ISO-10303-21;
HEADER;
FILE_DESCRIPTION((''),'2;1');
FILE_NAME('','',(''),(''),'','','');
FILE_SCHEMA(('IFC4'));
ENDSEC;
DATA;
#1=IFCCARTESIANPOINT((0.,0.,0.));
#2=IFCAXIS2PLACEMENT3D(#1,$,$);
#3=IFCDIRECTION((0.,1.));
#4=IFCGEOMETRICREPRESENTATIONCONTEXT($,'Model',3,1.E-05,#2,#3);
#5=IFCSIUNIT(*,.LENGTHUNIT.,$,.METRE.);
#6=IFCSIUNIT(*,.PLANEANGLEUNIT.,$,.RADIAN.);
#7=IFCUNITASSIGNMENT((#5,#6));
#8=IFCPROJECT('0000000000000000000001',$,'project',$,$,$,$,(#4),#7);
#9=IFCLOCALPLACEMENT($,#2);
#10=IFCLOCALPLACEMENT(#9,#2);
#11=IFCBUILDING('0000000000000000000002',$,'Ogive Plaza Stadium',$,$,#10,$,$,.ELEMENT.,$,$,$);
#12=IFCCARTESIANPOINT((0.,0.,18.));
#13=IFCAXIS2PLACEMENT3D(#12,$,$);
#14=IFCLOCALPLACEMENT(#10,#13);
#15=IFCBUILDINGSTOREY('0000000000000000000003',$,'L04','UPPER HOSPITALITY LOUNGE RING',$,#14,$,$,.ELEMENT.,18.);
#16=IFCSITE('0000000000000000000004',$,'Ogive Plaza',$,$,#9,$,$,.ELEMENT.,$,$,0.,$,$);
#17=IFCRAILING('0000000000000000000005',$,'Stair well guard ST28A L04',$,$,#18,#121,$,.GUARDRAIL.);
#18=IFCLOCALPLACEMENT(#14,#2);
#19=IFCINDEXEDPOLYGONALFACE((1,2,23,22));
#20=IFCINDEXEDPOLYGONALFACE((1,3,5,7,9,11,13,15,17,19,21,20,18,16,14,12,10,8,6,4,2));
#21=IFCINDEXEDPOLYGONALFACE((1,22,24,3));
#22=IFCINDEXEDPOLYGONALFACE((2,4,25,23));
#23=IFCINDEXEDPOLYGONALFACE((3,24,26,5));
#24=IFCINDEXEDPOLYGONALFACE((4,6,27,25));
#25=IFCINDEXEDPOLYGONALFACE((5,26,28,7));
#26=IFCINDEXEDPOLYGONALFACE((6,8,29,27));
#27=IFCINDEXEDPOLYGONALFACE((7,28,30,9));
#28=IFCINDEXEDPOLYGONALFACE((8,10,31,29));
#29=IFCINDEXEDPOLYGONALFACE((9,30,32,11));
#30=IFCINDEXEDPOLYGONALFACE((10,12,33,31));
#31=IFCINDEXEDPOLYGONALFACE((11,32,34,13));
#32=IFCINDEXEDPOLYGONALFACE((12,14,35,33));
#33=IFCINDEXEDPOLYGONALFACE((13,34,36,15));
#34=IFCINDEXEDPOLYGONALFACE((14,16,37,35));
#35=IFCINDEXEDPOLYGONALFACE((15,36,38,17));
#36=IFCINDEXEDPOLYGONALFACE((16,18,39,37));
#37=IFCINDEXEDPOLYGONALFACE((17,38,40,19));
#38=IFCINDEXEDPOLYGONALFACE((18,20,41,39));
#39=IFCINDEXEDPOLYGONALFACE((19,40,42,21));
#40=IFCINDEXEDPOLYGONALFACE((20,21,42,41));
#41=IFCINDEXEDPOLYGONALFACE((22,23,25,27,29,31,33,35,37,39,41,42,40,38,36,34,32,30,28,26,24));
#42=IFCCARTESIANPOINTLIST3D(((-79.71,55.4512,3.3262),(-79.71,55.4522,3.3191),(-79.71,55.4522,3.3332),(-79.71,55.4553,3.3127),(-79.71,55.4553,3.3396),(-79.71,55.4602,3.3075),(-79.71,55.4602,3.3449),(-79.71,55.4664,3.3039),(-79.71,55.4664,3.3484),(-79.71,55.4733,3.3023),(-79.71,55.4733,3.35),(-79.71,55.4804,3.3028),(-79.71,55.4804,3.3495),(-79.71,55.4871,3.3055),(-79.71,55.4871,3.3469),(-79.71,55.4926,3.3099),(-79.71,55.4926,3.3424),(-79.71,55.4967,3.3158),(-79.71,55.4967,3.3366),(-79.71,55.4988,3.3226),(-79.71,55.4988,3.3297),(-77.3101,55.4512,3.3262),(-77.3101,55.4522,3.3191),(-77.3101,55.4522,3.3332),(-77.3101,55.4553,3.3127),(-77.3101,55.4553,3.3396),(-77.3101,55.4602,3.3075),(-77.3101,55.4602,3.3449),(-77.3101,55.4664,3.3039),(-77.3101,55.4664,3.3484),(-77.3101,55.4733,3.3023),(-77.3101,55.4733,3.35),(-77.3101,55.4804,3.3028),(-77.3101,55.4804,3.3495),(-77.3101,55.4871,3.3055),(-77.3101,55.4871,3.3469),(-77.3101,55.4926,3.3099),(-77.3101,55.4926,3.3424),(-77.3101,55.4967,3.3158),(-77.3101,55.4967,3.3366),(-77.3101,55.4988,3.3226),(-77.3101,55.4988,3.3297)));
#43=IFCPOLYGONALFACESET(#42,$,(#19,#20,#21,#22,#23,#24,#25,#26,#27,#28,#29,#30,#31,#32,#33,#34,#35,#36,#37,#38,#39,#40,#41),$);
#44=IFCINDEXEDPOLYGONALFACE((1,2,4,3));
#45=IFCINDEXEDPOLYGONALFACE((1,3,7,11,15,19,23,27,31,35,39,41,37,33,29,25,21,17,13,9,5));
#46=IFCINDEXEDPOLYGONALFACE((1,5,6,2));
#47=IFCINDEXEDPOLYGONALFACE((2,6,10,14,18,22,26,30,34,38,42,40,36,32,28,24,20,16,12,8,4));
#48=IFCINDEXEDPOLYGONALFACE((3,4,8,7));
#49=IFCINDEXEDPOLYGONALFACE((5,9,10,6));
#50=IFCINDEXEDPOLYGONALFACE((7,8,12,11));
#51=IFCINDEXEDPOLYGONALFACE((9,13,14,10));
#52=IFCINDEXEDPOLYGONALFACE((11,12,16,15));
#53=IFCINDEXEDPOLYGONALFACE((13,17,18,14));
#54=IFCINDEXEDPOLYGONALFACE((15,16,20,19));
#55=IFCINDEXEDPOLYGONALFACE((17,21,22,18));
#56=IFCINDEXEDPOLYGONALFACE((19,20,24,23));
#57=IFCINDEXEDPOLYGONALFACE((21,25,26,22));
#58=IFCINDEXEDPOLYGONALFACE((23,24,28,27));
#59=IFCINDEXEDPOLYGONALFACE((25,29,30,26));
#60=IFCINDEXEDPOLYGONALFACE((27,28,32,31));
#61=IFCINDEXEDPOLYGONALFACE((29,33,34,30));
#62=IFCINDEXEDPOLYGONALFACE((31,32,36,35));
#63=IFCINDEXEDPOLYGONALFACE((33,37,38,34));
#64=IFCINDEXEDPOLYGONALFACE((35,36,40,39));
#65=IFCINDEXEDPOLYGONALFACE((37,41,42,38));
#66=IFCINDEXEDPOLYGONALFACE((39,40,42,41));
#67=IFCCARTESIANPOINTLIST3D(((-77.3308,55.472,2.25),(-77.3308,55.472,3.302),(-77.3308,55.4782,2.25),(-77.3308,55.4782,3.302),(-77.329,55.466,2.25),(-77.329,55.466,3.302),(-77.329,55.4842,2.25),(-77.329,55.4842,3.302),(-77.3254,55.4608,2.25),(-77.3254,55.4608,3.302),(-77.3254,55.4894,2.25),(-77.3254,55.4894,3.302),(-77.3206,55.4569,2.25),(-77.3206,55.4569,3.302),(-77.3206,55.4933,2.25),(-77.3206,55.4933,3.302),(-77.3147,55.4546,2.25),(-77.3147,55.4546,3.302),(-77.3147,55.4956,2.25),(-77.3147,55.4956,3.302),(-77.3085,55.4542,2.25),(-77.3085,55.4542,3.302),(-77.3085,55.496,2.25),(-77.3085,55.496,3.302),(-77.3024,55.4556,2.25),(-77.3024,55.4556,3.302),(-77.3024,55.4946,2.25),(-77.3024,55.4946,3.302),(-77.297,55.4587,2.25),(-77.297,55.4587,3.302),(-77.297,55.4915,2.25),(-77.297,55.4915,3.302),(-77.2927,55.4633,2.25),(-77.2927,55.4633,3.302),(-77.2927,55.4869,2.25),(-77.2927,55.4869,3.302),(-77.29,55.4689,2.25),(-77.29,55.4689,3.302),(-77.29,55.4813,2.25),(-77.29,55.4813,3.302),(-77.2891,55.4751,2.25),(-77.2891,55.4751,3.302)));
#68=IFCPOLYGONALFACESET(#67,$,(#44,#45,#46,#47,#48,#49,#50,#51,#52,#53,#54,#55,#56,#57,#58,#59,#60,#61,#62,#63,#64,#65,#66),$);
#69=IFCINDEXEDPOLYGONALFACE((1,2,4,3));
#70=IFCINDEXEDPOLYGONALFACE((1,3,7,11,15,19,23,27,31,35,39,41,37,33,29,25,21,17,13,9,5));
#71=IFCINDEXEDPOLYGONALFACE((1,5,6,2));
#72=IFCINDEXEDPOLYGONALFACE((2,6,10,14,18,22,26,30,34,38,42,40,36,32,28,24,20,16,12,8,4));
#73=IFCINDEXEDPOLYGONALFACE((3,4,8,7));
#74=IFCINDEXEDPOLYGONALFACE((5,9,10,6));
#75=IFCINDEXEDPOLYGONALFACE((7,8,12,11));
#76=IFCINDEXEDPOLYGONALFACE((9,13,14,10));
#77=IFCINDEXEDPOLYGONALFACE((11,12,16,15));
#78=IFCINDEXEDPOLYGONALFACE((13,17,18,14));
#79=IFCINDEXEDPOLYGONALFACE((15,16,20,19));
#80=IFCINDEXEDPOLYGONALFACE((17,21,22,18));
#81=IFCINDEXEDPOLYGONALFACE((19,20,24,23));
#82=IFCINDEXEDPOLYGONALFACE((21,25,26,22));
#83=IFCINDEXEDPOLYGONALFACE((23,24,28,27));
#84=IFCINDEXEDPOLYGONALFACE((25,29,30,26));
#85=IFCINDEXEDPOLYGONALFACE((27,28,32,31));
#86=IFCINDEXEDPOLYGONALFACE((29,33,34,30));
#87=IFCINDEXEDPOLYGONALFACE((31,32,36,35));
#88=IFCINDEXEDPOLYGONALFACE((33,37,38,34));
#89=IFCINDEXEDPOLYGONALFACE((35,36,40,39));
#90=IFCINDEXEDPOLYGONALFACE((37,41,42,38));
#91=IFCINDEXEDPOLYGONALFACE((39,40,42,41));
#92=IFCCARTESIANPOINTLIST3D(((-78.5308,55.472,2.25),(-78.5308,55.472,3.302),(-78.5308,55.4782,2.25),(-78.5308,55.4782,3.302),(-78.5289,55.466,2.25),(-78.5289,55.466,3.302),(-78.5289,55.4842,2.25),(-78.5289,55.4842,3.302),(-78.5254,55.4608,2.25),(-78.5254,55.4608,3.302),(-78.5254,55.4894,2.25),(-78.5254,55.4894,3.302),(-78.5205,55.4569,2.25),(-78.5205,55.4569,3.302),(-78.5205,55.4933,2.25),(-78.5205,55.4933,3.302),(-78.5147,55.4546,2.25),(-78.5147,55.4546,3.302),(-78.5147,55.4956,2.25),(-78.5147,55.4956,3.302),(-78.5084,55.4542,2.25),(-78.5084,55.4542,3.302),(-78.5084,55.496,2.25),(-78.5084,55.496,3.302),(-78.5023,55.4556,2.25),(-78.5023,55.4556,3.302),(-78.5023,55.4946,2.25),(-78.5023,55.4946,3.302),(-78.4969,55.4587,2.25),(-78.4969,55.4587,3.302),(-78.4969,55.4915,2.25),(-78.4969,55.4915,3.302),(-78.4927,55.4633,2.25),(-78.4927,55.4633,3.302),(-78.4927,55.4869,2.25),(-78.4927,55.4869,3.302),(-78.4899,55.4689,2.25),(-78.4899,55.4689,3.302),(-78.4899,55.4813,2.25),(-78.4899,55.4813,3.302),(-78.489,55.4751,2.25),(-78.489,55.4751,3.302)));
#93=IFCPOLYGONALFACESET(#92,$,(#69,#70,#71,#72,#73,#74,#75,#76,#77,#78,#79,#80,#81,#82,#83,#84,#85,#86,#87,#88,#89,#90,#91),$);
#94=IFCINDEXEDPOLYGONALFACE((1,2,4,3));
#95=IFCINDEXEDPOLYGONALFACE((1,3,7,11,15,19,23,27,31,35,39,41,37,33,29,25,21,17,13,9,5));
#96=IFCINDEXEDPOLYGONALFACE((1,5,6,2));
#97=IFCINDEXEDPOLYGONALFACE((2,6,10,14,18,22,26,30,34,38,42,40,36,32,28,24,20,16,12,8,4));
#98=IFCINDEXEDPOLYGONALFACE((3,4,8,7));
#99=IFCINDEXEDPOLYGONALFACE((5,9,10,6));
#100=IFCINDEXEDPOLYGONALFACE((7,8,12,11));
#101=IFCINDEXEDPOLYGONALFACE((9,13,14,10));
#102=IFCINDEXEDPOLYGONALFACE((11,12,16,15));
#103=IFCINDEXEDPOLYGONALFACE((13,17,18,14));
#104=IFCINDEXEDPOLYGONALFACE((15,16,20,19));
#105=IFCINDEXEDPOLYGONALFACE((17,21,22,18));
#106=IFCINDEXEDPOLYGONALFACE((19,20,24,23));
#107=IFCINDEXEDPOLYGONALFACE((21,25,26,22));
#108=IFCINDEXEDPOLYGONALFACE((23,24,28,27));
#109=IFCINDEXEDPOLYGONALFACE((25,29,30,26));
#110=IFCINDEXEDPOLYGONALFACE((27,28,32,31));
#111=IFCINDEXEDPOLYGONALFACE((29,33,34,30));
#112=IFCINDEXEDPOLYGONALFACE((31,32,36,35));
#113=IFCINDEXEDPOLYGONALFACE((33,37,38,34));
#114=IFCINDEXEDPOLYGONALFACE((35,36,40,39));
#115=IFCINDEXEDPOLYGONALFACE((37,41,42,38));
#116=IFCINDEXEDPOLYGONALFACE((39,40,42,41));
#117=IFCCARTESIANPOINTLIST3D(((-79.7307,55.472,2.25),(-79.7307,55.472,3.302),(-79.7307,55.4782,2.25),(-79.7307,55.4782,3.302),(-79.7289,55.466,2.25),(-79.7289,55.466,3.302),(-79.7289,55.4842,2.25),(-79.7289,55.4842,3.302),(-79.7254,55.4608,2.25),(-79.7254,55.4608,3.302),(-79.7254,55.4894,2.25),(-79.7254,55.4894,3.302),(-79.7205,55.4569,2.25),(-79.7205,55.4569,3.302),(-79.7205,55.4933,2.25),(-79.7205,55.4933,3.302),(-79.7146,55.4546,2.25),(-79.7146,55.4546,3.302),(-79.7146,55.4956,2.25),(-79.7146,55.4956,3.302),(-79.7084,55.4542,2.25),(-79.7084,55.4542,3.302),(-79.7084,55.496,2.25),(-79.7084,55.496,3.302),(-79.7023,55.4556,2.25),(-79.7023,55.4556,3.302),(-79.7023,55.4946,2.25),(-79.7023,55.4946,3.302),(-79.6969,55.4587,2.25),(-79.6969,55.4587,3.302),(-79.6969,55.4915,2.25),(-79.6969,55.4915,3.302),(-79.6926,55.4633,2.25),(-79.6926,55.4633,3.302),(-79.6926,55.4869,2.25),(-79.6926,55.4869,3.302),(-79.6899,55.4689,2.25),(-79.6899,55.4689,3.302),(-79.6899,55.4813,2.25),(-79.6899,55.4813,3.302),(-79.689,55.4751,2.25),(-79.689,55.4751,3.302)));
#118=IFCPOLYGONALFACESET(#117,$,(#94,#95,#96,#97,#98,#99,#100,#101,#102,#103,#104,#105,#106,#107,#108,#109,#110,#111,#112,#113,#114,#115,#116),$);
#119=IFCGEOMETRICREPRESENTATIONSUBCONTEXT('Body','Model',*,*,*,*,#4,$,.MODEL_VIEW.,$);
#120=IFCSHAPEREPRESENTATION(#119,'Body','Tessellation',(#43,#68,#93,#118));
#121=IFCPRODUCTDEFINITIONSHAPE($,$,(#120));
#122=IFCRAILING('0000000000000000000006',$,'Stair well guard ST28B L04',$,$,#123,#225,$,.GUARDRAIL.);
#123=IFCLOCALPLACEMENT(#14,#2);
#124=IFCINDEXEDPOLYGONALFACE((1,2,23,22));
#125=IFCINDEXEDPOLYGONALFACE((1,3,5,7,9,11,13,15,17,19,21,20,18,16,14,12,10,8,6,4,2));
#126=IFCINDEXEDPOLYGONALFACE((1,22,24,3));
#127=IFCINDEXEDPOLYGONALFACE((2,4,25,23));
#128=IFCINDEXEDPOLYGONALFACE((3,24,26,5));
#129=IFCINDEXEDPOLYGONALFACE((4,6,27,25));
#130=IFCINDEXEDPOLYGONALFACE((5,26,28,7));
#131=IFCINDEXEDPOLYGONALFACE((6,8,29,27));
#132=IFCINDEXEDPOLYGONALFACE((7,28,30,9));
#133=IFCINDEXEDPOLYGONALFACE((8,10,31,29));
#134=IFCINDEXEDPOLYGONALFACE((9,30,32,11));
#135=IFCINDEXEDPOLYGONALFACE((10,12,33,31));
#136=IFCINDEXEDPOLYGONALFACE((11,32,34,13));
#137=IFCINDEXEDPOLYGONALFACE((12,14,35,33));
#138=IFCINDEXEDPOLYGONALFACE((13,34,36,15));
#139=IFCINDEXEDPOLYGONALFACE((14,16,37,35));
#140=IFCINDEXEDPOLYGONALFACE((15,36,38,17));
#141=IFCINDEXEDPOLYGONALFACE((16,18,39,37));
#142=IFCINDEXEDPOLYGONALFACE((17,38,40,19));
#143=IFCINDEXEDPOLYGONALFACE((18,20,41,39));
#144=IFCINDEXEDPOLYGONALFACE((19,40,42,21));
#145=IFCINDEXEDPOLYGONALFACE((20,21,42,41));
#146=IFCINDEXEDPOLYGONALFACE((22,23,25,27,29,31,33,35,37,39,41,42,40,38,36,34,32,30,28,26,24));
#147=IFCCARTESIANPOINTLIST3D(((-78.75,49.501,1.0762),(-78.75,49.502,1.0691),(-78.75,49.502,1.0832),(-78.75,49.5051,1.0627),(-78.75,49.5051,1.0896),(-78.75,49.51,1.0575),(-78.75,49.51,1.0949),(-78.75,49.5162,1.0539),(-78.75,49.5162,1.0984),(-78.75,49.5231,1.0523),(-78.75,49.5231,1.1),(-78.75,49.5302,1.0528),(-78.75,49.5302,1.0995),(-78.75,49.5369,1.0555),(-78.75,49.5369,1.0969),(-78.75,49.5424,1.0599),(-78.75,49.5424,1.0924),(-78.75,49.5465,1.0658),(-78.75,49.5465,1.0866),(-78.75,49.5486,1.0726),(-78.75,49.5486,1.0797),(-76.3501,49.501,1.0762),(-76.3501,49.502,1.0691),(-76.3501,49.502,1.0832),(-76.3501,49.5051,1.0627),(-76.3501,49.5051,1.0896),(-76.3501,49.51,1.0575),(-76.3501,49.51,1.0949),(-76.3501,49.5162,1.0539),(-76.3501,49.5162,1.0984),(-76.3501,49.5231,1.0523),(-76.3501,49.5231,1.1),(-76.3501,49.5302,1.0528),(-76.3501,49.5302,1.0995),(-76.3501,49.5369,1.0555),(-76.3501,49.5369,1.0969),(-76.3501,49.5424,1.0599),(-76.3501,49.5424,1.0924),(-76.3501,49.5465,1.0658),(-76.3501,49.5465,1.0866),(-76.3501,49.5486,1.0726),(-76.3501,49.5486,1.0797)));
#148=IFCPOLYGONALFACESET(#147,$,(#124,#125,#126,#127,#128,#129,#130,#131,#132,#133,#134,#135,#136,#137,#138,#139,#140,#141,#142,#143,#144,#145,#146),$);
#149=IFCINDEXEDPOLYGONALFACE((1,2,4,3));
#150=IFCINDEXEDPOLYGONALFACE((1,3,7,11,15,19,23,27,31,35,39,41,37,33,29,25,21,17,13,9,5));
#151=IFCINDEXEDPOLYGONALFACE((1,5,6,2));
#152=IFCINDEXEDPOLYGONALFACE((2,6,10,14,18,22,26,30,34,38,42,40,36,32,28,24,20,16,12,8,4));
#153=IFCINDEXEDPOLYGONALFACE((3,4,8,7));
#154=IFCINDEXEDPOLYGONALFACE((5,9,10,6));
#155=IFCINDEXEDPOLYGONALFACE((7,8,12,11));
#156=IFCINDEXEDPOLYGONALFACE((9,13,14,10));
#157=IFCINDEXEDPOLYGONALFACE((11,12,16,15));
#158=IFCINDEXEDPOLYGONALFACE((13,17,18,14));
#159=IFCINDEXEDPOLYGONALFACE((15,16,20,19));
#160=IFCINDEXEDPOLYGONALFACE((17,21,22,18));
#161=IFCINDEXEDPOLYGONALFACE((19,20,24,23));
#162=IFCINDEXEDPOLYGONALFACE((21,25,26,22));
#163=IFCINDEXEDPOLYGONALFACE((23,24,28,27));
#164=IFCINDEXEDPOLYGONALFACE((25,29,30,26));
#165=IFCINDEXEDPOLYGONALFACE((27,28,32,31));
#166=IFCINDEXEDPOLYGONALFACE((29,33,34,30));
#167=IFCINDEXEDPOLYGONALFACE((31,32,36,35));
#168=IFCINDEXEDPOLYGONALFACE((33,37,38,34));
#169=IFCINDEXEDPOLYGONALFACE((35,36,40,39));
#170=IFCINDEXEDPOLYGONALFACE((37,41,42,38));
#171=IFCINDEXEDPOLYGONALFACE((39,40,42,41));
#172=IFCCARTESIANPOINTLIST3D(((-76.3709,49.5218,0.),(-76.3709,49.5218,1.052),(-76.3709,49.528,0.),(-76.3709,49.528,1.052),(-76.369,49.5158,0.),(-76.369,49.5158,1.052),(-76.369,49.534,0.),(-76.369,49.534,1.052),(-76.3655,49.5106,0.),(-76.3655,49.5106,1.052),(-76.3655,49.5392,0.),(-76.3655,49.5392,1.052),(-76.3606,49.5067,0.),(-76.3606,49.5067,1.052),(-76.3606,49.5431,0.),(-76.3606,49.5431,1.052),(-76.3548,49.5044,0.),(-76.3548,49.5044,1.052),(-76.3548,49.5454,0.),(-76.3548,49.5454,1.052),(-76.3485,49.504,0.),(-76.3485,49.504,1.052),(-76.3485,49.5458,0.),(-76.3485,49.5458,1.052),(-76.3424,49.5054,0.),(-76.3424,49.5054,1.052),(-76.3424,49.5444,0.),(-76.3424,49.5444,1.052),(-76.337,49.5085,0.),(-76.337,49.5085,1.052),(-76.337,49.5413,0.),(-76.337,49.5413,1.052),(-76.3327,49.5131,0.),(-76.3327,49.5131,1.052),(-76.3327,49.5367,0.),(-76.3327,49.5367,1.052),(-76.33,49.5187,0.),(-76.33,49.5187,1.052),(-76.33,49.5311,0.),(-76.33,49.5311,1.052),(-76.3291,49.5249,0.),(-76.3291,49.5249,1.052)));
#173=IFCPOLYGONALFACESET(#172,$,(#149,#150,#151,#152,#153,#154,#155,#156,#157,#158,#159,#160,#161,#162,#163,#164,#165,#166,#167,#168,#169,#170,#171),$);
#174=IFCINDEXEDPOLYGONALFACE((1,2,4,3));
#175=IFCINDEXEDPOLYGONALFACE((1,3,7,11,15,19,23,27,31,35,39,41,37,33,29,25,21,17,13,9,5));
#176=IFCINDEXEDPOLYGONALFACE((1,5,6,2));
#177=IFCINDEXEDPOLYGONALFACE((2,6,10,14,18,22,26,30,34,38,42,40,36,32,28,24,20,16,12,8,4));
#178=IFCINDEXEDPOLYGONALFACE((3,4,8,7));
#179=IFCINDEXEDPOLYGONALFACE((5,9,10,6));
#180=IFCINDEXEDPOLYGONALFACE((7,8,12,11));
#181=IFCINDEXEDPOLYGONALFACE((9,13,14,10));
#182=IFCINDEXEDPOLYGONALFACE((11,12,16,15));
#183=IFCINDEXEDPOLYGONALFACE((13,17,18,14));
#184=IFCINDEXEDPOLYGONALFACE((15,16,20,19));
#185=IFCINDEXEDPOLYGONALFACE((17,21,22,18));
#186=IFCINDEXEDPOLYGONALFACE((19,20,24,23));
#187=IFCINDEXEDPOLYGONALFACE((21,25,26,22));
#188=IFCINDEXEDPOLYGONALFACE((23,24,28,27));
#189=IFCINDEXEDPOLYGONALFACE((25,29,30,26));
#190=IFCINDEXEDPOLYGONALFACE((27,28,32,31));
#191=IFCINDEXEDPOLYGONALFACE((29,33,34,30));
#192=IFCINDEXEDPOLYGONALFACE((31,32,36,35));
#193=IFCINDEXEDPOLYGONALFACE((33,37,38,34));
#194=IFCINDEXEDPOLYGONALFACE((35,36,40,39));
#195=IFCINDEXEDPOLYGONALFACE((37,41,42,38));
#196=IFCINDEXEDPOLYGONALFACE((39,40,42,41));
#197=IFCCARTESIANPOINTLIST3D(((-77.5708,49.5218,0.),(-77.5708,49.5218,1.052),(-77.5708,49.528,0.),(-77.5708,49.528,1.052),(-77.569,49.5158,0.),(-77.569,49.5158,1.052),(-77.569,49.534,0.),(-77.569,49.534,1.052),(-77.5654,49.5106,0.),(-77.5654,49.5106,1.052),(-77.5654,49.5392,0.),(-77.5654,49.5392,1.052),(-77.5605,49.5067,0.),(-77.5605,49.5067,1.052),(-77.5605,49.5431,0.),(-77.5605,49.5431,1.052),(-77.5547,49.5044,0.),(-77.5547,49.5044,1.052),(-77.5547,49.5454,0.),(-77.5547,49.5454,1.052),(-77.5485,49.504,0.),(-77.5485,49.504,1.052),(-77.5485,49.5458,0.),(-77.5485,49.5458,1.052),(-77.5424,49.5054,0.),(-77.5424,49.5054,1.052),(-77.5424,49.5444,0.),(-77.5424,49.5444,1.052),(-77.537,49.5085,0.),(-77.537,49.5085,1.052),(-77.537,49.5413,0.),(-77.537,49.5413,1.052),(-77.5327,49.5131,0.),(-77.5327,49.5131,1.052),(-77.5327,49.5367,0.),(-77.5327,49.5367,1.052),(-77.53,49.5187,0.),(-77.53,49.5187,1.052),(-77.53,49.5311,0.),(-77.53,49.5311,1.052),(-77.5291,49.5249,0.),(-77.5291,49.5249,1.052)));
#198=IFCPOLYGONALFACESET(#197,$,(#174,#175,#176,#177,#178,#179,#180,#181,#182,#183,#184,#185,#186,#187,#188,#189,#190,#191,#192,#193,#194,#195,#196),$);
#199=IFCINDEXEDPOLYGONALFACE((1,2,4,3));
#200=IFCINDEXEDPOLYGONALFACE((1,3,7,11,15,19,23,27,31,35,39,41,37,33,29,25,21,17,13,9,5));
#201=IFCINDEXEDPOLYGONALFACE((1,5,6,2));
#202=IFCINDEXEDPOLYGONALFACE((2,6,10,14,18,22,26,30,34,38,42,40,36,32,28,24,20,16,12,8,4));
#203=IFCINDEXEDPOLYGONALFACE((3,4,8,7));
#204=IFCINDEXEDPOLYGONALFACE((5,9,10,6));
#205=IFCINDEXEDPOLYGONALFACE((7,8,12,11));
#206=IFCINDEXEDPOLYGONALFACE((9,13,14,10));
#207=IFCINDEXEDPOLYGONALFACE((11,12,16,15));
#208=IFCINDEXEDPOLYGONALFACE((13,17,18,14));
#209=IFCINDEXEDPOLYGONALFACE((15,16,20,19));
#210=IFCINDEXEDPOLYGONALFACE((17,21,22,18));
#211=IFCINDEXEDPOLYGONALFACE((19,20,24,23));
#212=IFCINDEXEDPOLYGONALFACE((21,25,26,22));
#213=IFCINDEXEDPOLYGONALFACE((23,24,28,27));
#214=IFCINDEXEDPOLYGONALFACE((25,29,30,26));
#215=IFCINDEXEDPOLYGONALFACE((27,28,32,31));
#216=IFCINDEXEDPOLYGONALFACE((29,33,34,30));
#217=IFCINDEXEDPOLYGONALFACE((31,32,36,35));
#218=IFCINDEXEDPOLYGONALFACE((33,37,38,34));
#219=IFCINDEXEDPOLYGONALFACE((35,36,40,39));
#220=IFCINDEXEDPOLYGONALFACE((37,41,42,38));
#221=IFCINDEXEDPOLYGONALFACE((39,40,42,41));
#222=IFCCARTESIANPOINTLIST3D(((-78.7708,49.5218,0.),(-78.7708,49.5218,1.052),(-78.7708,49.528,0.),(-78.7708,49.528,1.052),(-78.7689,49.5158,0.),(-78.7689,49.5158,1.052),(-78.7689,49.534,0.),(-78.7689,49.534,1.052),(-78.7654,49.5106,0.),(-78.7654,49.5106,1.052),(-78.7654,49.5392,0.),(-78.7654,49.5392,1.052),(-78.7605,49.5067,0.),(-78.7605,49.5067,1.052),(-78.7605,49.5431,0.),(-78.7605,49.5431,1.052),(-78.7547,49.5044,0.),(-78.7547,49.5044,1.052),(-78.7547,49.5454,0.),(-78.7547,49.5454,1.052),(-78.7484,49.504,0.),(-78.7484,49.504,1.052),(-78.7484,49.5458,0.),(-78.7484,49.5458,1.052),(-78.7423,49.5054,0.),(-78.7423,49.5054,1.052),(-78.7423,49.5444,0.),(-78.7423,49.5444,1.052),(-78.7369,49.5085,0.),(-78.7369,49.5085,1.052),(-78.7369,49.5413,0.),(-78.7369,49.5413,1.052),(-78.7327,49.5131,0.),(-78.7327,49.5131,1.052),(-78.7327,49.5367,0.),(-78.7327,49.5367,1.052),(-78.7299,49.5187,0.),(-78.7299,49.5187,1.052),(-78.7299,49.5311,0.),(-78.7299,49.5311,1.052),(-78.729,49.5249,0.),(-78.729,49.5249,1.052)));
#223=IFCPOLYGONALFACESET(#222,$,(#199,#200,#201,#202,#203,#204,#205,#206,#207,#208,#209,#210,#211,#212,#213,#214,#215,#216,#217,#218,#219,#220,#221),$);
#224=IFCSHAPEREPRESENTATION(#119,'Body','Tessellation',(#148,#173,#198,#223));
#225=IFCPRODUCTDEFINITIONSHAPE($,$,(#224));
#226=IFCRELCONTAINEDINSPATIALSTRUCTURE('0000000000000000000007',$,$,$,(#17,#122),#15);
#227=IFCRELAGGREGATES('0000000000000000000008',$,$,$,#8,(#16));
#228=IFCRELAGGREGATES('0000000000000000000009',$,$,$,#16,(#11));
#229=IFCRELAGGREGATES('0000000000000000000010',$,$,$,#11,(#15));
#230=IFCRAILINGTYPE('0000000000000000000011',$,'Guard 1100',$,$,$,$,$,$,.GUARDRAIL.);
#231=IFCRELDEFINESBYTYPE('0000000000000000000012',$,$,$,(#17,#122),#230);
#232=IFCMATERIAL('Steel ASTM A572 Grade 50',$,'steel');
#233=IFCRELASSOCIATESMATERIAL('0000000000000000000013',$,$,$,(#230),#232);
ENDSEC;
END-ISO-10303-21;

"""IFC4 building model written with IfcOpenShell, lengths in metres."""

from ifc_helpers import new_model, si_unit, direction, frame, origin, origin_2d, place, context, subcontext, project, spatial, circle, extrude, material, type_object, element, save


model = new_model("IFC4")

# Units and contexts
model_context = context("Model", 3, precision=1e-05, world=origin(), true_north=direction((0.0, 1.0)))
body_context = subcontext(model_context, "Body", "Model", "MODEL_VIEW")
ifc_project = project(units=[si_unit("LENGTHUNIT", "METRE"), si_unit("PLANEANGLEUNIT", "RADIAN")], contexts=[model_context])

# Site, building, storey
site_placement = place(None, origin())
site = spatial("IfcSite", under=ifc_project, at=site_placement, Name="Ogive Plaza", CompositionType="ELEMENT", RefElevation=0.0)
building_placement = place(site_placement, origin())
building = spatial("IfcBuilding", under=site, at=building_placement, Name="Ogive Plaza Stadium", CompositionType="ELEMENT")
storey_placement = place(building_placement, frame((0.0, 0.0, 18.0)))
storey = spatial("IfcBuildingStorey", under=building, at=storey_placement, Name="L04", Description="UPPER HOSPITALITY LOUNGE RING", CompositionType="ELEMENT", Elevation=18.0)

# Railings
ifc_material_1 = material(Name="Steel ASTM A572 Grade 50", Category="steel")
railing_type_1 = type_object("IfcRailingType", Name="Guard 1100", PredefinedType="GUARDRAIL", material=ifc_material_1)
for number, where, name in (
    (1, (-77.3101, 55.4751, 2.25), "Stair well guard ST28A L04"),
    (2, (-76.3501, 49.5249, 0.0), "Stair well guard ST28B L04"),
):
    element("IfcRailing", number, at=place(storey_placement, frame(where)), inside=storey, type_object=railing_type_1, Name=name, PredefinedType="GUARDRAIL", context=body_context, shape_type="SweptSolid", body=[
        extrude(circle(Radius=0.0239, at=origin_2d()), frame((0.0, 0.0, 1.0762), z_axis=(-1.0, 0.0, 0.0), x_axis=(0.0, -1.0, 0.0)), (0.0, 0.0, 1.0), 2.3999),
        extrude(circle(Radius=0.021, at=origin_2d()), origin(), (0.0, 0.0, 1.0), 1.052),
        extrude(circle(Radius=0.021, at=origin_2d()), frame((-1.2, 0.0, 0.0)), (0.0, 0.0, 1.0), 1.052),
        extrude(circle(Radius=0.021, at=origin_2d()), frame((-2.3999, 0.0, 0.0)), (0.0, 0.0, 1.0), 1.052),
    ])

save(model, "model.ifc")
